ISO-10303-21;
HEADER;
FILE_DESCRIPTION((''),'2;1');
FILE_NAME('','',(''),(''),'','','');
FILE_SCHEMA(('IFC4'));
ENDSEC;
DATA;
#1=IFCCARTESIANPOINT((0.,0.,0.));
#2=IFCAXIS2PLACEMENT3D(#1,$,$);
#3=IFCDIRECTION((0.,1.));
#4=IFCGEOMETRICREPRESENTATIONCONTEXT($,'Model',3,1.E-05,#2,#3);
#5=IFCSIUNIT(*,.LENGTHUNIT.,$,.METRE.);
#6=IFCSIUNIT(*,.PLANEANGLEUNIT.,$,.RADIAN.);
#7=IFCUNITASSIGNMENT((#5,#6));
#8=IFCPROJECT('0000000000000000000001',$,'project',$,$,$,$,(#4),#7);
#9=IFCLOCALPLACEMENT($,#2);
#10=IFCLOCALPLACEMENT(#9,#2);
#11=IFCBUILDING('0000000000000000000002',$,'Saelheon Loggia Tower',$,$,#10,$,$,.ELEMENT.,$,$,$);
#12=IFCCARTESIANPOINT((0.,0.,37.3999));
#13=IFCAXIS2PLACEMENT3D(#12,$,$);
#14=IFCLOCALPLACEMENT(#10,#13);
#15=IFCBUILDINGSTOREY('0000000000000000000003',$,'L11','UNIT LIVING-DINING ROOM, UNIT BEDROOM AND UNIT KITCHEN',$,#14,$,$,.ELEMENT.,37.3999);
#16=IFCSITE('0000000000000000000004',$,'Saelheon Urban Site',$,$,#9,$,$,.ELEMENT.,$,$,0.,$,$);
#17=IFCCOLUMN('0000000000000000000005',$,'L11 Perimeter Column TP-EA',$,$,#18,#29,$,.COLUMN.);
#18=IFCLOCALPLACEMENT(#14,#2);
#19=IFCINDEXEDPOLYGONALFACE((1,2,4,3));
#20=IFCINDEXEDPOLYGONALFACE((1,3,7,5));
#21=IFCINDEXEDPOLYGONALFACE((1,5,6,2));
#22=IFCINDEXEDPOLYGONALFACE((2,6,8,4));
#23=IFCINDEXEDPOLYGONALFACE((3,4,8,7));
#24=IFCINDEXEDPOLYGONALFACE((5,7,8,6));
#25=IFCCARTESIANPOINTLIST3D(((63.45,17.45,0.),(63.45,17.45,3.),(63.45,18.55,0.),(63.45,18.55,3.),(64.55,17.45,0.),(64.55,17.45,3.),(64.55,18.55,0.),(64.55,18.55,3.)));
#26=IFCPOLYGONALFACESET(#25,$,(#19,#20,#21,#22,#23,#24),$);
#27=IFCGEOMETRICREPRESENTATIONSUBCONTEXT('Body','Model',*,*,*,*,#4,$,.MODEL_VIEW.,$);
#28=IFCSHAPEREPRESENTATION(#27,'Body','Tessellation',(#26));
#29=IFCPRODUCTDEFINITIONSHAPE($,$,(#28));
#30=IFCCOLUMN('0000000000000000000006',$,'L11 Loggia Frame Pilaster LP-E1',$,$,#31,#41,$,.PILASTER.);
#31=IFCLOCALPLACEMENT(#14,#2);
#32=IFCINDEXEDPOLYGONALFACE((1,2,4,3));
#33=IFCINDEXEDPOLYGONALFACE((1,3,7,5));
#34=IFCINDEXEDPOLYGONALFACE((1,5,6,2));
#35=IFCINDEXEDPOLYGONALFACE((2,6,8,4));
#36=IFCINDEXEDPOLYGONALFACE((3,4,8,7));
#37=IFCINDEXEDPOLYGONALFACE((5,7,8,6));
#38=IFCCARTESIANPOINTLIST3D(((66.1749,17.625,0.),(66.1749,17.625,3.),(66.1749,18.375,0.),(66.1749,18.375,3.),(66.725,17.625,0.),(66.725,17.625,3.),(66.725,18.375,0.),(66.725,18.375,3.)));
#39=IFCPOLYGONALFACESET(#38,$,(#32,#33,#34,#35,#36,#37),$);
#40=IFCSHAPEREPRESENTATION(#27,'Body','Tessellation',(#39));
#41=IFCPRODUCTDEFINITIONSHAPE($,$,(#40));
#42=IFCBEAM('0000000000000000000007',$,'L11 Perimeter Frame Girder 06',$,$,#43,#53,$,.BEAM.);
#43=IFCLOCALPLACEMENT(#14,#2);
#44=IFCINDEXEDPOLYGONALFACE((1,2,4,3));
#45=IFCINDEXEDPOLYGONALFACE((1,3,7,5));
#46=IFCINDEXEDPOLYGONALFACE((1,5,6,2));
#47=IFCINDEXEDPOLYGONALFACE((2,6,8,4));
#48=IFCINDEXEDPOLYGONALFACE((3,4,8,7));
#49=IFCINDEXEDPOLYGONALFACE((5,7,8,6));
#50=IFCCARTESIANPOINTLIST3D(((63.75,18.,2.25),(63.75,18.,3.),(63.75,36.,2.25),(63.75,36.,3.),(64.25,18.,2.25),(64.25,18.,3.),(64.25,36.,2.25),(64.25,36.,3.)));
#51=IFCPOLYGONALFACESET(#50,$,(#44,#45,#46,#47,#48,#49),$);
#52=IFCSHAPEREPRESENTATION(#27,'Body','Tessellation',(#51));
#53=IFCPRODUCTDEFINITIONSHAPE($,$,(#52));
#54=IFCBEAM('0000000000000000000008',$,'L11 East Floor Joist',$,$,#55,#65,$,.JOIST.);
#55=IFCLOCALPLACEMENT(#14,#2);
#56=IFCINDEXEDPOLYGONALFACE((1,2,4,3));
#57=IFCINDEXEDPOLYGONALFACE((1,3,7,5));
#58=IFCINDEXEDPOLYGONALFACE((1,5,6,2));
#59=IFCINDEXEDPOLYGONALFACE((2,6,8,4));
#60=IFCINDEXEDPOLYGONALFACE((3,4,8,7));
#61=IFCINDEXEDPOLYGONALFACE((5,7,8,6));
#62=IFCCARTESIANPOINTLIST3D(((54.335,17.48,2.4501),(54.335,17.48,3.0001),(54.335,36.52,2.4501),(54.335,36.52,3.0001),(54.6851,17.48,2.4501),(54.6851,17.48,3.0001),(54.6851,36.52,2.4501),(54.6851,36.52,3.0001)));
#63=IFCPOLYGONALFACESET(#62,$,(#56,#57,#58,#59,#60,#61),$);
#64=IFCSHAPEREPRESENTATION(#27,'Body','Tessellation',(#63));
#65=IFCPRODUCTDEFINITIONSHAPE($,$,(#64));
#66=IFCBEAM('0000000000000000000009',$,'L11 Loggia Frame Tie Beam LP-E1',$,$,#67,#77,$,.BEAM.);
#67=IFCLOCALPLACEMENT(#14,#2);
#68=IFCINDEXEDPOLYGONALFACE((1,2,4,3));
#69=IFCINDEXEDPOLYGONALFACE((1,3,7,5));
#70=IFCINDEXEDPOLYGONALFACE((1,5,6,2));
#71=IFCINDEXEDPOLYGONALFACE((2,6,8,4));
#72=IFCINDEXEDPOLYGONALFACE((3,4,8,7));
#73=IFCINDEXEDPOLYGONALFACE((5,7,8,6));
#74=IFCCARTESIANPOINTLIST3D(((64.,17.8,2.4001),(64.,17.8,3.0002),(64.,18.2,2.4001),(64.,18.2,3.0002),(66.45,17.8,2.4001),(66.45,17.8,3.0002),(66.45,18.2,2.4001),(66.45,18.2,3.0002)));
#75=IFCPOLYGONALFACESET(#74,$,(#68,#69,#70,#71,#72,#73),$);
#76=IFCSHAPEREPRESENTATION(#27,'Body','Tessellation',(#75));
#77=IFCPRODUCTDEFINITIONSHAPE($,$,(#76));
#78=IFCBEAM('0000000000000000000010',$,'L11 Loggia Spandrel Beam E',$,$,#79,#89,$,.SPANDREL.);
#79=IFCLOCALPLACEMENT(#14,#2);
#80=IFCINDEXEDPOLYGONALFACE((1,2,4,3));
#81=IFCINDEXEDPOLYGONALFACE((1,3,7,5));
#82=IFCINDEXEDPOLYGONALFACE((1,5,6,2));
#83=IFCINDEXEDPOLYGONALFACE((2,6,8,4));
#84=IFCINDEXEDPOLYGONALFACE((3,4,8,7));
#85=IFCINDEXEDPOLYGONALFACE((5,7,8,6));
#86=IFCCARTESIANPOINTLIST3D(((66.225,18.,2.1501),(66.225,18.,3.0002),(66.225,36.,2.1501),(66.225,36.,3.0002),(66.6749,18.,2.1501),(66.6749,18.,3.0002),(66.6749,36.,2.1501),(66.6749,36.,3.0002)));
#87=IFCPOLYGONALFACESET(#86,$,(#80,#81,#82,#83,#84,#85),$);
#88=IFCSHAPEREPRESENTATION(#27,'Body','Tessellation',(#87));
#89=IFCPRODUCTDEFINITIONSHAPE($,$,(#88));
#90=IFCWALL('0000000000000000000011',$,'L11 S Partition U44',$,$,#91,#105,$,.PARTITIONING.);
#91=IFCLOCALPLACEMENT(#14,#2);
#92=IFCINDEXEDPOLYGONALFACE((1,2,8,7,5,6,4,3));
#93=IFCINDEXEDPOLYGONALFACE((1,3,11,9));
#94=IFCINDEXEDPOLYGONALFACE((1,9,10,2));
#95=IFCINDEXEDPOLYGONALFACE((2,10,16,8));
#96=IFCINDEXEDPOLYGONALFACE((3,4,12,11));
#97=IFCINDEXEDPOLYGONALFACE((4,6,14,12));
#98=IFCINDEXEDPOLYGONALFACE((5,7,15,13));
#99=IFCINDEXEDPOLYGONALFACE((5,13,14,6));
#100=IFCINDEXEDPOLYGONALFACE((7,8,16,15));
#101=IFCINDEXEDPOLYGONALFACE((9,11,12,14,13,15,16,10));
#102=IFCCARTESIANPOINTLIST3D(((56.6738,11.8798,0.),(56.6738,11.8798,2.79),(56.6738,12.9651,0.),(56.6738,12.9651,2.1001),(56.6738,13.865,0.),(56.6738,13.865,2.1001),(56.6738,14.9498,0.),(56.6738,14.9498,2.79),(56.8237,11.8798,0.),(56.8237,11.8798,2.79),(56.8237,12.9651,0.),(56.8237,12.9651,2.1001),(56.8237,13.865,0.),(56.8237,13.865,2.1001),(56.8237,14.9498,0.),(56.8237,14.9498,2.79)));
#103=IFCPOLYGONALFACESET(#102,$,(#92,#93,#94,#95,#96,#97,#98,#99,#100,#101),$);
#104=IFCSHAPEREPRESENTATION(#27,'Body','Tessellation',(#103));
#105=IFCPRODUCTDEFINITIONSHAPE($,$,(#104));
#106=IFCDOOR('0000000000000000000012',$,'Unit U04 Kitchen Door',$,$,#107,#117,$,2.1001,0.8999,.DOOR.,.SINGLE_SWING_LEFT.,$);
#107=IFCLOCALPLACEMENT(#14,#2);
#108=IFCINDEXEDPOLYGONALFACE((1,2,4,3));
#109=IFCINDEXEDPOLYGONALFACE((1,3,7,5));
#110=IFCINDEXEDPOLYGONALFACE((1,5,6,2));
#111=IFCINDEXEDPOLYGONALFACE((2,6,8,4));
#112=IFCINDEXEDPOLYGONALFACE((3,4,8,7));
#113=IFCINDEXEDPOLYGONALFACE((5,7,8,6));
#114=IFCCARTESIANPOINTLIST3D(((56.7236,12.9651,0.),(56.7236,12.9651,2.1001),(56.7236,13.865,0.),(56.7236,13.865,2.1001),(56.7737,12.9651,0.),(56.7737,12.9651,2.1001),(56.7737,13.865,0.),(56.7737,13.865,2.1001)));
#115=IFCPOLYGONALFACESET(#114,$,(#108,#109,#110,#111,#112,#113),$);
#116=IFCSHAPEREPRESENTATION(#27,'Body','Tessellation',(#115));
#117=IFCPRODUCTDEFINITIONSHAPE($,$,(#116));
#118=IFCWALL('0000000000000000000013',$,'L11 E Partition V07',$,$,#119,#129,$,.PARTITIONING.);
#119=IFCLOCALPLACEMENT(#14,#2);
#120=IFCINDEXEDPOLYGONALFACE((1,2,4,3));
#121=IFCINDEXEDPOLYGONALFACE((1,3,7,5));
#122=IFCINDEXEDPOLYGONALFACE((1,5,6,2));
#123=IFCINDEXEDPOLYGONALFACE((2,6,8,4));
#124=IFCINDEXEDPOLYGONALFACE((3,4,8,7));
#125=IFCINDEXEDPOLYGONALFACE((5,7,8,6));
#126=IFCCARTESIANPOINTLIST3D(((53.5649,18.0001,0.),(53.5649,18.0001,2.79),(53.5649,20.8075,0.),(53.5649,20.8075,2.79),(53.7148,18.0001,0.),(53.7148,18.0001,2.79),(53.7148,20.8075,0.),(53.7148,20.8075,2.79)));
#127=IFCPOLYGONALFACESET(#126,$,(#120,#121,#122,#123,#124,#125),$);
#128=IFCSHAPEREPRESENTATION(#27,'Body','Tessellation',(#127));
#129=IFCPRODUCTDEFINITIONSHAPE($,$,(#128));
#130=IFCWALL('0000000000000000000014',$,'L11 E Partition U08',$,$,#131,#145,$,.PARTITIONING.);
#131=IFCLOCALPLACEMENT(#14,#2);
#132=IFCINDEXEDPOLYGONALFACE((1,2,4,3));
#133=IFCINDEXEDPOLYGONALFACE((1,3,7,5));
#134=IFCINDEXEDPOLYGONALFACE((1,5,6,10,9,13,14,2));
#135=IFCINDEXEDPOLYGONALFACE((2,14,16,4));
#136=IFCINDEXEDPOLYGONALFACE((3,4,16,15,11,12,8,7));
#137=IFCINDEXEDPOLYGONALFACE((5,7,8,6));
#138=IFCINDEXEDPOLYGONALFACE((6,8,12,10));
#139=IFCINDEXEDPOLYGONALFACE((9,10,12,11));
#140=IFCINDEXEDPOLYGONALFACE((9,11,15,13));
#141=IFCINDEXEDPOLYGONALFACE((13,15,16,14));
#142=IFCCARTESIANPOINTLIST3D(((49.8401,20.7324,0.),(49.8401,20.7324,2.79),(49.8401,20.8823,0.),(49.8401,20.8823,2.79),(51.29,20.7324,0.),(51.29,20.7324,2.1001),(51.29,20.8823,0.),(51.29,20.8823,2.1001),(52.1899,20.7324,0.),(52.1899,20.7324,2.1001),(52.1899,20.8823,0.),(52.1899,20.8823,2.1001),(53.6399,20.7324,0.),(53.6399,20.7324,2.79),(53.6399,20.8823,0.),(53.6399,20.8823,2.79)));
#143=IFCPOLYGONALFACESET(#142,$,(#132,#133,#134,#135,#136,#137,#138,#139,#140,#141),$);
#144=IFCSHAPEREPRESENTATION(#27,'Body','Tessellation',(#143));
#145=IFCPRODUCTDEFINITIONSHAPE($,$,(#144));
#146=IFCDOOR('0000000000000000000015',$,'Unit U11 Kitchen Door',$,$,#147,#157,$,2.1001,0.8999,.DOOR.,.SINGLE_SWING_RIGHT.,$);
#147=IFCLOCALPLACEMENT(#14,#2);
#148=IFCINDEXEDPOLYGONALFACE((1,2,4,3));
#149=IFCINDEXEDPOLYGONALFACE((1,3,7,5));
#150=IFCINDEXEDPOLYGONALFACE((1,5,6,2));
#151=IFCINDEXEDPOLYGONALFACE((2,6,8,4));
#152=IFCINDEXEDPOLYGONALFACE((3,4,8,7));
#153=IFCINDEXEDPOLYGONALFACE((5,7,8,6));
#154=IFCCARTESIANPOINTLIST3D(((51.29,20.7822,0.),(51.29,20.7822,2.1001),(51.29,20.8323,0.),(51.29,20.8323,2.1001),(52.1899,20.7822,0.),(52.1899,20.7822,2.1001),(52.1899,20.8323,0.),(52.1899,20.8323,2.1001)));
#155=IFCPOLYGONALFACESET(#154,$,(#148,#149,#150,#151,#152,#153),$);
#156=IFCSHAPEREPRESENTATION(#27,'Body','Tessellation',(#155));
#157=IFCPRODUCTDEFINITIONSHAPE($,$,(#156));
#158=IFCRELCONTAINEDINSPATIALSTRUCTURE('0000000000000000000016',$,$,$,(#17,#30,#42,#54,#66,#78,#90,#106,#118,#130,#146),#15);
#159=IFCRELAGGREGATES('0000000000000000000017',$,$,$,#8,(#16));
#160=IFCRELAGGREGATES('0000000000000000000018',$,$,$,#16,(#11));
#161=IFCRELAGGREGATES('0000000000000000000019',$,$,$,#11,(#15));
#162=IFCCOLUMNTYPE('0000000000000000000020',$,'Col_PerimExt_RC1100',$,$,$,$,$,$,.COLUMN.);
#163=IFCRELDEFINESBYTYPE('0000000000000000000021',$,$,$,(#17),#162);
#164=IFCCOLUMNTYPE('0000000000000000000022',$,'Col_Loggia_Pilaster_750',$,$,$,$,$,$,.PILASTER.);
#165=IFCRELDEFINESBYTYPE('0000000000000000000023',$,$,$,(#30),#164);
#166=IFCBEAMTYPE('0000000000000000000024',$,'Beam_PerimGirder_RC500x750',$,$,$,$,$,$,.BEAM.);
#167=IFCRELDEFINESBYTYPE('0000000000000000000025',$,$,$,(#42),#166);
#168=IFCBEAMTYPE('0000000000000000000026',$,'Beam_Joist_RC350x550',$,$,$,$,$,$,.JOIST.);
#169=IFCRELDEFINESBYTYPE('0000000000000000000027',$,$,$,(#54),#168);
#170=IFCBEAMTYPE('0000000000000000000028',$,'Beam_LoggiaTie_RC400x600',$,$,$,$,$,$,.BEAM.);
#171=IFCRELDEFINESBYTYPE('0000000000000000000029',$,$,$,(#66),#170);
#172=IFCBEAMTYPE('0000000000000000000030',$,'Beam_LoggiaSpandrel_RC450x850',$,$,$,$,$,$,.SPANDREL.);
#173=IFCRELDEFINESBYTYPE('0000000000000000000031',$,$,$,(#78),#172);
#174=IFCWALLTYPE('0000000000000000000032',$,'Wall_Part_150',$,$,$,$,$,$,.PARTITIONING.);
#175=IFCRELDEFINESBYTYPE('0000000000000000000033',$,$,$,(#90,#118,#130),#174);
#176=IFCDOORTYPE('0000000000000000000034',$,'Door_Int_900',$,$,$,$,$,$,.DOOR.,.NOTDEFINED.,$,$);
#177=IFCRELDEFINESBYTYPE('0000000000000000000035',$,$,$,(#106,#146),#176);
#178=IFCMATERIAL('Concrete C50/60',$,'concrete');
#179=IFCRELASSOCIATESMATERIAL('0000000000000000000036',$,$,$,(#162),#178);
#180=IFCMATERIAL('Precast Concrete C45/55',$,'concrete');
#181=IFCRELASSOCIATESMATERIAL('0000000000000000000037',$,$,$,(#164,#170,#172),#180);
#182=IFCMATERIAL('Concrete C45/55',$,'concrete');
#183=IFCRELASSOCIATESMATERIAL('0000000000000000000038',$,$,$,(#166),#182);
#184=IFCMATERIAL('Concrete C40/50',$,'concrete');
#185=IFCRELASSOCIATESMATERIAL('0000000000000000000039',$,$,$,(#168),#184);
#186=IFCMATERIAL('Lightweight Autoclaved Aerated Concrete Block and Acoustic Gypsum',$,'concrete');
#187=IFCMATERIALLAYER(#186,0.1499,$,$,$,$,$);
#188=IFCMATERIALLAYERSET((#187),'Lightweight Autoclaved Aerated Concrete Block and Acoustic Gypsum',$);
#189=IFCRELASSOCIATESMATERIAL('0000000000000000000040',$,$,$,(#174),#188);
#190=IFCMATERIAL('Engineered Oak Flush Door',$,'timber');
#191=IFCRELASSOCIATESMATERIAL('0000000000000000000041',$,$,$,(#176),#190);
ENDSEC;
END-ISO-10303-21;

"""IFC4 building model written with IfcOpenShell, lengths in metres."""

from ifc_helpers import new_model, si_unit, direction, frame, frame_2d, origin, origin_2d, place, context, subcontext, project, spatial, rectangle, extrude, source, transform, mapped, material, layer, layer_set, material_profile, profile_set, type_object, element, fill, save


model = new_model("IFC4")

# Units and contexts
model_context = context("Model", 3, precision=1e-05, world=origin(), true_north=direction((0.0, 1.0)))
body_context = subcontext(model_context, "Body", "Model", "MODEL_VIEW")
ifc_project = project(units=[si_unit("LENGTHUNIT", "METRE"), si_unit("PLANEANGLEUNIT", "RADIAN")], contexts=[model_context])

# Site, building, storey
site_placement = place(None, origin())
site = spatial("IfcSite", under=ifc_project, at=site_placement, Name="Saelheon Urban Site", CompositionType="ELEMENT", RefElevation=0.0)
building_placement = place(site_placement, origin())
building = spatial("IfcBuilding", under=site, at=building_placement, Name="Saelheon Loggia Tower", CompositionType="ELEMENT")
storey_placement = place(building_placement, frame((0.0, 0.0, 37.3999)))
storey = spatial("IfcBuildingStorey", under=building, at=storey_placement, Name="L11", Description="UNIT LIVING-DINING ROOM, UNIT BEDROOM AND UNIT KITCHEN", CompositionType="ELEMENT", Elevation=37.3999)

# Columns
ifc_material_1 = material(Name="Concrete C50/60", Category="concrete")
ifc_material_profile_1 = material_profile(ifc_material_1, rectangle(XDim=1.1001, YDim=1.1001, at=origin_2d()), Name="RC-1100x1100")
ifc_profile_set_1 = profile_set([ifc_material_profile_1], Name="Concrete C50/60")
column_type_1 = type_object("IfcColumnType", Name="Col_PerimExt_RC1100", PredefinedType="COLUMN", material=ifc_profile_set_1)
shared_shape_1 = source(origin(), body_context, "Body", "SweptSolid", [
    extrude(rectangle(XDim=1.1001, YDim=1.1001, at=origin_2d()), origin(), (0.0, 0.0, 1.0), 3.0),
])
column_1_placement = place(storey_placement, frame((64.0, 18.0, 0.0), z_axis=(0.0, 0.0, 1.0), x_axis=(1.0, 0.0, 0.0)))
element("IfcColumn", 1, at=column_1_placement, inside=storey, type_object=column_type_1, Name="L11 Perimeter Column TP-EA", PredefinedType="COLUMN", context=body_context, shape_type="MappedRepresentation", body=[
    mapped(shared_shape_1, transform((0.0, 0.0, 0.0), scale=1.0)),
])
ifc_material_2 = material(Name="Precast Concrete C45/55", Category="concrete")
ifc_material_profile_2 = material_profile(ifc_material_2, rectangle(XDim=0.55, YDim=0.75, at=origin_2d()), Name="RC-550x750")
ifc_profile_set_2 = profile_set([ifc_material_profile_2], Name="Precast Concrete C45/55")
column_type_2 = type_object("IfcColumnType", Name="Col_Loggia_Pilaster_750", PredefinedType="PILASTER", material=ifc_profile_set_2)
shared_shape_2 = source(origin(), body_context, "Body", "SweptSolid", [
    extrude(rectangle(XDim=0.55, YDim=0.75, at=origin_2d()), origin(), (0.0, 0.0, 1.0), 3.0),
])
column_2_placement = place(storey_placement, frame((66.45, 18.0, 0.0), z_axis=(0.0, 0.0, 1.0), x_axis=(1.0, 0.0, 0.0)))
element("IfcColumn", 2, at=column_2_placement, inside=storey, type_object=column_type_2, Name="L11 Loggia Frame Pilaster LP-E1", PredefinedType="PILASTER", context=body_context, shape_type="MappedRepresentation", body=[
    mapped(shared_shape_2, transform((0.0, 0.0, 0.0), scale=1.0)),
])

# Beams
ifc_material_3 = material(Name="Concrete C45/55", Category="concrete")
ifc_material_profile_3 = material_profile(ifc_material_3, rectangle(XDim=0.5, YDim=0.75, at=origin_2d()), Name="RC-500x750")
ifc_profile_set_3 = profile_set([ifc_material_profile_3], Name="Concrete C45/55")
beam_type_1 = type_object("IfcBeamType", Name="Beam_PerimGirder_RC500x750", PredefinedType="BEAM", material=ifc_profile_set_3)
shared_shape_3 = source(origin(), body_context, "Body", "SweptSolid", [
    extrude(rectangle(XDim=0.5, YDim=0.75, at=origin_2d()), origin(), (0.0, 0.0, 1.0), 18.0),
])
beam_1_placement = place(storey_placement, frame((64.0, 18.0, 2.625), z_axis=(0.0, 1.0, 0.0), x_axis=(-1.0, 0.0, 0.0)))
element("IfcBeam", 3, at=beam_1_placement, inside=storey, type_object=beam_type_1, Name="L11 Perimeter Frame Girder 06", PredefinedType="BEAM", context=body_context, shape_type="MappedRepresentation", body=[
    mapped(shared_shape_3, transform((0.0, 0.0, 0.0), scale=1.0)),
])
ifc_material_4 = material(Name="Concrete C40/50", Category="concrete")
ifc_material_profile_4 = material_profile(ifc_material_4, rectangle(XDim=0.3501, YDim=0.55, at=origin_2d()), Name="RC-350x550")
ifc_profile_set_4 = profile_set([ifc_material_profile_4], Name="Concrete C40/50")
beam_type_2 = type_object("IfcBeamType", Name="Beam_Joist_RC350x550", PredefinedType="JOIST", material=ifc_profile_set_4)
shared_shape_4 = source(origin(), body_context, "Body", "SweptSolid", [
    extrude(rectangle(XDim=0.3501, YDim=0.55, at=origin_2d()), origin(), (0.0, 0.0, 1.0), 19.04),
])
beam_2_placement = place(storey_placement, frame((54.51, 17.48, 2.7251), z_axis=(0.0, 1.0, 0.0), x_axis=(-1.0, 0.0, 0.0)))
element("IfcBeam", 4, at=beam_2_placement, inside=storey, type_object=beam_type_2, Name="L11 East Floor Joist", PredefinedType="JOIST", context=body_context, shape_type="MappedRepresentation", body=[
    mapped(shared_shape_4, transform((0.0, 0.0, 0.0), scale=1.0)),
])
ifc_material_profile_5 = material_profile(ifc_material_2, rectangle(XDim=0.3999, YDim=0.6001, at=origin_2d()), Name="RC-400x600")
ifc_profile_set_5 = profile_set([ifc_material_profile_5], Name="Precast Concrete C45/55")
beam_type_3 = type_object("IfcBeamType", Name="Beam_LoggiaTie_RC400x600", PredefinedType="BEAM", material=ifc_profile_set_5)
shared_shape_5 = source(origin(), body_context, "Body", "SweptSolid", [
    extrude(rectangle(XDim=0.3999, YDim=0.6001, at=origin_2d()), origin(), (0.0, 0.0, 1.0), 2.45),
])
beam_3_placement = place(storey_placement, frame((64.0, 18.0, 2.7002), z_axis=(1.0, 0.0, 0.0), x_axis=(0.0, 1.0, 0.0)))
element("IfcBeam", 5, at=beam_3_placement, inside=storey, type_object=beam_type_3, Name="L11 Loggia Frame Tie Beam LP-E1", PredefinedType="BEAM", context=body_context, shape_type="MappedRepresentation", body=[
    mapped(shared_shape_5, transform((0.0, 0.0, 0.0), scale=1.0)),
])
ifc_material_profile_6 = material_profile(ifc_material_2, rectangle(XDim=0.45, YDim=0.8501, at=origin_2d()), Name="RC-450x850")
ifc_profile_set_6 = profile_set([ifc_material_profile_6], Name="Precast Concrete C45/55")
beam_type_4 = type_object("IfcBeamType", Name="Beam_LoggiaSpandrel_RC450x850", PredefinedType="SPANDREL", material=ifc_profile_set_6)
shared_shape_6 = source(origin(), body_context, "Body", "SweptSolid", [
    extrude(rectangle(XDim=0.45, YDim=0.8501, at=origin_2d()), origin(), (0.0, 0.0, 1.0), 18.0),
])
beam_4_placement = place(storey_placement, frame((66.45, 18.0, 2.5752), z_axis=(0.0, 1.0, 0.0), x_axis=(-1.0, 0.0, 0.0)))
element("IfcBeam", 6, at=beam_4_placement, inside=storey, type_object=beam_type_4, Name="L11 Loggia Spandrel Beam E", PredefinedType="SPANDREL", context=body_context, shape_type="MappedRepresentation", body=[
    mapped(shared_shape_6, transform((0.0, 0.0, 0.0), scale=1.0)),
])

# Wall, opening, door
ifc_material_5 = material(Name="Lightweight Autoclaved Aerated Concrete Block and Acoustic Gypsum", Category="concrete")
ifc_layer_1 = layer(ifc_material_5, 0.1499)
ifc_layer_set_1 = layer_set([ifc_layer_1], Name="Lightweight Autoclaved Aerated Concrete Block and Acoustic Gypsum")
wall_type_1 = type_object("IfcWallType", Name="Wall_Part_150", PredefinedType="PARTITIONING", material=ifc_layer_set_1)
wall_1_placement = place(storey_placement, frame((56.7488, 14.95, 0.0), z_axis=(0.0, 0.0, 1.0), x_axis=(0.0, -1.0, 0.0)))
wall_1 = element("IfcWall", 7, at=wall_1_placement, inside=storey, type_object=wall_type_1, Name="L11 S Partition U44", PredefinedType="PARTITIONING", context=body_context, shape_type="SweptSolid", body=[
    extrude(rectangle(XDim=3.0701, YDim=0.1499, at=frame_2d((1.5352, 0.0))), origin(), (0.0, 0.0, 1.0), 2.79),
])
opening_1_placement = place(wall_1_placement, frame((1.085, 0.0, 0.0)))
opening_1 = element("IfcOpeningElement", 8, at=opening_1_placement, cuts=wall_1, PredefinedType="OPENING", context=body_context, shape_type="SweptSolid", body=[
    extrude(rectangle(XDim=0.8999, YDim=2.1001, at=frame_2d((0.45, 1.05))), frame((0.0, 0.0869, 0.0), z_axis=(0.0, -1.0, 0.0), x_axis=(1.0, 0.0, 0.0)), (0.0, 0.0, 1.0), 0.1738),
])
ifc_material_6 = material(Name="Engineered Oak Flush Door", Category="timber")
door_type_1 = type_object("IfcDoorType", Name="Door_Int_900", OperationType="NOTDEFINED", PredefinedType="DOOR", material=ifc_material_6)
shared_shape_7 = source(origin(), body_context, "Body", "SweptSolid", [
    extrude(rectangle(XDim=0.8999, YDim=2.1001, at=frame_2d((0.45, 1.05))), frame((0.0, 0.0249, 0.0), z_axis=(0.0, -1.0, 0.0), x_axis=(1.0, 0.0, 0.0)), (0.0, 0.0, 1.0), 0.05),
])
door_1_placement = place(opening_1_placement, origin())
door_1 = element("IfcDoor", 9, at=door_1_placement, inside=storey, type_object=door_type_1, Name="Unit U04 Kitchen Door", OperationType="SINGLE_SWING_LEFT", OverallHeight=2.1001, OverallWidth=0.8999, PredefinedType="DOOR", context=body_context, shape_type="MappedRepresentation", body=[
    mapped(shared_shape_7, transform((0.0, 0.0, 0.0), scale=1.0)),
])
fill(opening_1, door_1)

# Wall
wall_2_placement = place(storey_placement, frame((53.6399, 18.0, 0.0), z_axis=(0.0, 0.0, 1.0), x_axis=(0.0, 1.0, 0.0)))
element("IfcWall", 10, at=wall_2_placement, inside=storey, type_object=wall_type_1, Name="L11 E Partition V07", PredefinedType="PARTITIONING", context=body_context, shape_type="SweptSolid", body=[
    extrude(rectangle(XDim=2.8074, YDim=0.1499, at=frame_2d((1.4038, 0.0))), origin(), (0.0, 0.0, 1.0), 2.79),
])

# Wall, opening, door
wall_3_placement = place(storey_placement, frame((49.8401, 20.8074, 0.0), z_axis=(0.0, 0.0, 1.0), x_axis=(1.0, 0.0, 0.0)))
wall_3 = element("IfcWall", 11, at=wall_3_placement, inside=storey, type_object=wall_type_1, Name="L11 E Partition U08", PredefinedType="PARTITIONING", context=body_context, shape_type="SweptSolid", body=[
    extrude(rectangle(XDim=3.7998, YDim=0.1499, at=frame_2d((1.8999, 0.0))), origin(), (0.0, 0.0, 1.0), 2.79),
])
opening_2_placement = place(wall_3_placement, frame((1.45, 0.0, 0.0)))
opening_2 = element("IfcOpeningElement", 12, at=opening_2_placement, cuts=wall_3, PredefinedType="OPENING", context=body_context, shape_type="SweptSolid", body=[
    extrude(rectangle(XDim=0.8999, YDim=2.1001, at=frame_2d((0.45, 1.05))), frame((0.0, 0.0869, 0.0), z_axis=(0.0, -1.0, 0.0), x_axis=(1.0, 0.0, 0.0)), (0.0, 0.0, 1.0), 0.1738),
])
door_2_placement = place(opening_2_placement, origin())
door_2 = element("IfcDoor", 13, at=door_2_placement, inside=storey, type_object=door_type_1, Name="Unit U11 Kitchen Door", OperationType="SINGLE_SWING_RIGHT", OverallHeight=2.1001, OverallWidth=0.8999, PredefinedType="DOOR", context=body_context, shape_type="MappedRepresentation", body=[
    mapped(shared_shape_7, transform((0.0, 0.0, 0.0), scale=1.0)),
])
fill(opening_2, door_2)

save(model, "model.ifc")
